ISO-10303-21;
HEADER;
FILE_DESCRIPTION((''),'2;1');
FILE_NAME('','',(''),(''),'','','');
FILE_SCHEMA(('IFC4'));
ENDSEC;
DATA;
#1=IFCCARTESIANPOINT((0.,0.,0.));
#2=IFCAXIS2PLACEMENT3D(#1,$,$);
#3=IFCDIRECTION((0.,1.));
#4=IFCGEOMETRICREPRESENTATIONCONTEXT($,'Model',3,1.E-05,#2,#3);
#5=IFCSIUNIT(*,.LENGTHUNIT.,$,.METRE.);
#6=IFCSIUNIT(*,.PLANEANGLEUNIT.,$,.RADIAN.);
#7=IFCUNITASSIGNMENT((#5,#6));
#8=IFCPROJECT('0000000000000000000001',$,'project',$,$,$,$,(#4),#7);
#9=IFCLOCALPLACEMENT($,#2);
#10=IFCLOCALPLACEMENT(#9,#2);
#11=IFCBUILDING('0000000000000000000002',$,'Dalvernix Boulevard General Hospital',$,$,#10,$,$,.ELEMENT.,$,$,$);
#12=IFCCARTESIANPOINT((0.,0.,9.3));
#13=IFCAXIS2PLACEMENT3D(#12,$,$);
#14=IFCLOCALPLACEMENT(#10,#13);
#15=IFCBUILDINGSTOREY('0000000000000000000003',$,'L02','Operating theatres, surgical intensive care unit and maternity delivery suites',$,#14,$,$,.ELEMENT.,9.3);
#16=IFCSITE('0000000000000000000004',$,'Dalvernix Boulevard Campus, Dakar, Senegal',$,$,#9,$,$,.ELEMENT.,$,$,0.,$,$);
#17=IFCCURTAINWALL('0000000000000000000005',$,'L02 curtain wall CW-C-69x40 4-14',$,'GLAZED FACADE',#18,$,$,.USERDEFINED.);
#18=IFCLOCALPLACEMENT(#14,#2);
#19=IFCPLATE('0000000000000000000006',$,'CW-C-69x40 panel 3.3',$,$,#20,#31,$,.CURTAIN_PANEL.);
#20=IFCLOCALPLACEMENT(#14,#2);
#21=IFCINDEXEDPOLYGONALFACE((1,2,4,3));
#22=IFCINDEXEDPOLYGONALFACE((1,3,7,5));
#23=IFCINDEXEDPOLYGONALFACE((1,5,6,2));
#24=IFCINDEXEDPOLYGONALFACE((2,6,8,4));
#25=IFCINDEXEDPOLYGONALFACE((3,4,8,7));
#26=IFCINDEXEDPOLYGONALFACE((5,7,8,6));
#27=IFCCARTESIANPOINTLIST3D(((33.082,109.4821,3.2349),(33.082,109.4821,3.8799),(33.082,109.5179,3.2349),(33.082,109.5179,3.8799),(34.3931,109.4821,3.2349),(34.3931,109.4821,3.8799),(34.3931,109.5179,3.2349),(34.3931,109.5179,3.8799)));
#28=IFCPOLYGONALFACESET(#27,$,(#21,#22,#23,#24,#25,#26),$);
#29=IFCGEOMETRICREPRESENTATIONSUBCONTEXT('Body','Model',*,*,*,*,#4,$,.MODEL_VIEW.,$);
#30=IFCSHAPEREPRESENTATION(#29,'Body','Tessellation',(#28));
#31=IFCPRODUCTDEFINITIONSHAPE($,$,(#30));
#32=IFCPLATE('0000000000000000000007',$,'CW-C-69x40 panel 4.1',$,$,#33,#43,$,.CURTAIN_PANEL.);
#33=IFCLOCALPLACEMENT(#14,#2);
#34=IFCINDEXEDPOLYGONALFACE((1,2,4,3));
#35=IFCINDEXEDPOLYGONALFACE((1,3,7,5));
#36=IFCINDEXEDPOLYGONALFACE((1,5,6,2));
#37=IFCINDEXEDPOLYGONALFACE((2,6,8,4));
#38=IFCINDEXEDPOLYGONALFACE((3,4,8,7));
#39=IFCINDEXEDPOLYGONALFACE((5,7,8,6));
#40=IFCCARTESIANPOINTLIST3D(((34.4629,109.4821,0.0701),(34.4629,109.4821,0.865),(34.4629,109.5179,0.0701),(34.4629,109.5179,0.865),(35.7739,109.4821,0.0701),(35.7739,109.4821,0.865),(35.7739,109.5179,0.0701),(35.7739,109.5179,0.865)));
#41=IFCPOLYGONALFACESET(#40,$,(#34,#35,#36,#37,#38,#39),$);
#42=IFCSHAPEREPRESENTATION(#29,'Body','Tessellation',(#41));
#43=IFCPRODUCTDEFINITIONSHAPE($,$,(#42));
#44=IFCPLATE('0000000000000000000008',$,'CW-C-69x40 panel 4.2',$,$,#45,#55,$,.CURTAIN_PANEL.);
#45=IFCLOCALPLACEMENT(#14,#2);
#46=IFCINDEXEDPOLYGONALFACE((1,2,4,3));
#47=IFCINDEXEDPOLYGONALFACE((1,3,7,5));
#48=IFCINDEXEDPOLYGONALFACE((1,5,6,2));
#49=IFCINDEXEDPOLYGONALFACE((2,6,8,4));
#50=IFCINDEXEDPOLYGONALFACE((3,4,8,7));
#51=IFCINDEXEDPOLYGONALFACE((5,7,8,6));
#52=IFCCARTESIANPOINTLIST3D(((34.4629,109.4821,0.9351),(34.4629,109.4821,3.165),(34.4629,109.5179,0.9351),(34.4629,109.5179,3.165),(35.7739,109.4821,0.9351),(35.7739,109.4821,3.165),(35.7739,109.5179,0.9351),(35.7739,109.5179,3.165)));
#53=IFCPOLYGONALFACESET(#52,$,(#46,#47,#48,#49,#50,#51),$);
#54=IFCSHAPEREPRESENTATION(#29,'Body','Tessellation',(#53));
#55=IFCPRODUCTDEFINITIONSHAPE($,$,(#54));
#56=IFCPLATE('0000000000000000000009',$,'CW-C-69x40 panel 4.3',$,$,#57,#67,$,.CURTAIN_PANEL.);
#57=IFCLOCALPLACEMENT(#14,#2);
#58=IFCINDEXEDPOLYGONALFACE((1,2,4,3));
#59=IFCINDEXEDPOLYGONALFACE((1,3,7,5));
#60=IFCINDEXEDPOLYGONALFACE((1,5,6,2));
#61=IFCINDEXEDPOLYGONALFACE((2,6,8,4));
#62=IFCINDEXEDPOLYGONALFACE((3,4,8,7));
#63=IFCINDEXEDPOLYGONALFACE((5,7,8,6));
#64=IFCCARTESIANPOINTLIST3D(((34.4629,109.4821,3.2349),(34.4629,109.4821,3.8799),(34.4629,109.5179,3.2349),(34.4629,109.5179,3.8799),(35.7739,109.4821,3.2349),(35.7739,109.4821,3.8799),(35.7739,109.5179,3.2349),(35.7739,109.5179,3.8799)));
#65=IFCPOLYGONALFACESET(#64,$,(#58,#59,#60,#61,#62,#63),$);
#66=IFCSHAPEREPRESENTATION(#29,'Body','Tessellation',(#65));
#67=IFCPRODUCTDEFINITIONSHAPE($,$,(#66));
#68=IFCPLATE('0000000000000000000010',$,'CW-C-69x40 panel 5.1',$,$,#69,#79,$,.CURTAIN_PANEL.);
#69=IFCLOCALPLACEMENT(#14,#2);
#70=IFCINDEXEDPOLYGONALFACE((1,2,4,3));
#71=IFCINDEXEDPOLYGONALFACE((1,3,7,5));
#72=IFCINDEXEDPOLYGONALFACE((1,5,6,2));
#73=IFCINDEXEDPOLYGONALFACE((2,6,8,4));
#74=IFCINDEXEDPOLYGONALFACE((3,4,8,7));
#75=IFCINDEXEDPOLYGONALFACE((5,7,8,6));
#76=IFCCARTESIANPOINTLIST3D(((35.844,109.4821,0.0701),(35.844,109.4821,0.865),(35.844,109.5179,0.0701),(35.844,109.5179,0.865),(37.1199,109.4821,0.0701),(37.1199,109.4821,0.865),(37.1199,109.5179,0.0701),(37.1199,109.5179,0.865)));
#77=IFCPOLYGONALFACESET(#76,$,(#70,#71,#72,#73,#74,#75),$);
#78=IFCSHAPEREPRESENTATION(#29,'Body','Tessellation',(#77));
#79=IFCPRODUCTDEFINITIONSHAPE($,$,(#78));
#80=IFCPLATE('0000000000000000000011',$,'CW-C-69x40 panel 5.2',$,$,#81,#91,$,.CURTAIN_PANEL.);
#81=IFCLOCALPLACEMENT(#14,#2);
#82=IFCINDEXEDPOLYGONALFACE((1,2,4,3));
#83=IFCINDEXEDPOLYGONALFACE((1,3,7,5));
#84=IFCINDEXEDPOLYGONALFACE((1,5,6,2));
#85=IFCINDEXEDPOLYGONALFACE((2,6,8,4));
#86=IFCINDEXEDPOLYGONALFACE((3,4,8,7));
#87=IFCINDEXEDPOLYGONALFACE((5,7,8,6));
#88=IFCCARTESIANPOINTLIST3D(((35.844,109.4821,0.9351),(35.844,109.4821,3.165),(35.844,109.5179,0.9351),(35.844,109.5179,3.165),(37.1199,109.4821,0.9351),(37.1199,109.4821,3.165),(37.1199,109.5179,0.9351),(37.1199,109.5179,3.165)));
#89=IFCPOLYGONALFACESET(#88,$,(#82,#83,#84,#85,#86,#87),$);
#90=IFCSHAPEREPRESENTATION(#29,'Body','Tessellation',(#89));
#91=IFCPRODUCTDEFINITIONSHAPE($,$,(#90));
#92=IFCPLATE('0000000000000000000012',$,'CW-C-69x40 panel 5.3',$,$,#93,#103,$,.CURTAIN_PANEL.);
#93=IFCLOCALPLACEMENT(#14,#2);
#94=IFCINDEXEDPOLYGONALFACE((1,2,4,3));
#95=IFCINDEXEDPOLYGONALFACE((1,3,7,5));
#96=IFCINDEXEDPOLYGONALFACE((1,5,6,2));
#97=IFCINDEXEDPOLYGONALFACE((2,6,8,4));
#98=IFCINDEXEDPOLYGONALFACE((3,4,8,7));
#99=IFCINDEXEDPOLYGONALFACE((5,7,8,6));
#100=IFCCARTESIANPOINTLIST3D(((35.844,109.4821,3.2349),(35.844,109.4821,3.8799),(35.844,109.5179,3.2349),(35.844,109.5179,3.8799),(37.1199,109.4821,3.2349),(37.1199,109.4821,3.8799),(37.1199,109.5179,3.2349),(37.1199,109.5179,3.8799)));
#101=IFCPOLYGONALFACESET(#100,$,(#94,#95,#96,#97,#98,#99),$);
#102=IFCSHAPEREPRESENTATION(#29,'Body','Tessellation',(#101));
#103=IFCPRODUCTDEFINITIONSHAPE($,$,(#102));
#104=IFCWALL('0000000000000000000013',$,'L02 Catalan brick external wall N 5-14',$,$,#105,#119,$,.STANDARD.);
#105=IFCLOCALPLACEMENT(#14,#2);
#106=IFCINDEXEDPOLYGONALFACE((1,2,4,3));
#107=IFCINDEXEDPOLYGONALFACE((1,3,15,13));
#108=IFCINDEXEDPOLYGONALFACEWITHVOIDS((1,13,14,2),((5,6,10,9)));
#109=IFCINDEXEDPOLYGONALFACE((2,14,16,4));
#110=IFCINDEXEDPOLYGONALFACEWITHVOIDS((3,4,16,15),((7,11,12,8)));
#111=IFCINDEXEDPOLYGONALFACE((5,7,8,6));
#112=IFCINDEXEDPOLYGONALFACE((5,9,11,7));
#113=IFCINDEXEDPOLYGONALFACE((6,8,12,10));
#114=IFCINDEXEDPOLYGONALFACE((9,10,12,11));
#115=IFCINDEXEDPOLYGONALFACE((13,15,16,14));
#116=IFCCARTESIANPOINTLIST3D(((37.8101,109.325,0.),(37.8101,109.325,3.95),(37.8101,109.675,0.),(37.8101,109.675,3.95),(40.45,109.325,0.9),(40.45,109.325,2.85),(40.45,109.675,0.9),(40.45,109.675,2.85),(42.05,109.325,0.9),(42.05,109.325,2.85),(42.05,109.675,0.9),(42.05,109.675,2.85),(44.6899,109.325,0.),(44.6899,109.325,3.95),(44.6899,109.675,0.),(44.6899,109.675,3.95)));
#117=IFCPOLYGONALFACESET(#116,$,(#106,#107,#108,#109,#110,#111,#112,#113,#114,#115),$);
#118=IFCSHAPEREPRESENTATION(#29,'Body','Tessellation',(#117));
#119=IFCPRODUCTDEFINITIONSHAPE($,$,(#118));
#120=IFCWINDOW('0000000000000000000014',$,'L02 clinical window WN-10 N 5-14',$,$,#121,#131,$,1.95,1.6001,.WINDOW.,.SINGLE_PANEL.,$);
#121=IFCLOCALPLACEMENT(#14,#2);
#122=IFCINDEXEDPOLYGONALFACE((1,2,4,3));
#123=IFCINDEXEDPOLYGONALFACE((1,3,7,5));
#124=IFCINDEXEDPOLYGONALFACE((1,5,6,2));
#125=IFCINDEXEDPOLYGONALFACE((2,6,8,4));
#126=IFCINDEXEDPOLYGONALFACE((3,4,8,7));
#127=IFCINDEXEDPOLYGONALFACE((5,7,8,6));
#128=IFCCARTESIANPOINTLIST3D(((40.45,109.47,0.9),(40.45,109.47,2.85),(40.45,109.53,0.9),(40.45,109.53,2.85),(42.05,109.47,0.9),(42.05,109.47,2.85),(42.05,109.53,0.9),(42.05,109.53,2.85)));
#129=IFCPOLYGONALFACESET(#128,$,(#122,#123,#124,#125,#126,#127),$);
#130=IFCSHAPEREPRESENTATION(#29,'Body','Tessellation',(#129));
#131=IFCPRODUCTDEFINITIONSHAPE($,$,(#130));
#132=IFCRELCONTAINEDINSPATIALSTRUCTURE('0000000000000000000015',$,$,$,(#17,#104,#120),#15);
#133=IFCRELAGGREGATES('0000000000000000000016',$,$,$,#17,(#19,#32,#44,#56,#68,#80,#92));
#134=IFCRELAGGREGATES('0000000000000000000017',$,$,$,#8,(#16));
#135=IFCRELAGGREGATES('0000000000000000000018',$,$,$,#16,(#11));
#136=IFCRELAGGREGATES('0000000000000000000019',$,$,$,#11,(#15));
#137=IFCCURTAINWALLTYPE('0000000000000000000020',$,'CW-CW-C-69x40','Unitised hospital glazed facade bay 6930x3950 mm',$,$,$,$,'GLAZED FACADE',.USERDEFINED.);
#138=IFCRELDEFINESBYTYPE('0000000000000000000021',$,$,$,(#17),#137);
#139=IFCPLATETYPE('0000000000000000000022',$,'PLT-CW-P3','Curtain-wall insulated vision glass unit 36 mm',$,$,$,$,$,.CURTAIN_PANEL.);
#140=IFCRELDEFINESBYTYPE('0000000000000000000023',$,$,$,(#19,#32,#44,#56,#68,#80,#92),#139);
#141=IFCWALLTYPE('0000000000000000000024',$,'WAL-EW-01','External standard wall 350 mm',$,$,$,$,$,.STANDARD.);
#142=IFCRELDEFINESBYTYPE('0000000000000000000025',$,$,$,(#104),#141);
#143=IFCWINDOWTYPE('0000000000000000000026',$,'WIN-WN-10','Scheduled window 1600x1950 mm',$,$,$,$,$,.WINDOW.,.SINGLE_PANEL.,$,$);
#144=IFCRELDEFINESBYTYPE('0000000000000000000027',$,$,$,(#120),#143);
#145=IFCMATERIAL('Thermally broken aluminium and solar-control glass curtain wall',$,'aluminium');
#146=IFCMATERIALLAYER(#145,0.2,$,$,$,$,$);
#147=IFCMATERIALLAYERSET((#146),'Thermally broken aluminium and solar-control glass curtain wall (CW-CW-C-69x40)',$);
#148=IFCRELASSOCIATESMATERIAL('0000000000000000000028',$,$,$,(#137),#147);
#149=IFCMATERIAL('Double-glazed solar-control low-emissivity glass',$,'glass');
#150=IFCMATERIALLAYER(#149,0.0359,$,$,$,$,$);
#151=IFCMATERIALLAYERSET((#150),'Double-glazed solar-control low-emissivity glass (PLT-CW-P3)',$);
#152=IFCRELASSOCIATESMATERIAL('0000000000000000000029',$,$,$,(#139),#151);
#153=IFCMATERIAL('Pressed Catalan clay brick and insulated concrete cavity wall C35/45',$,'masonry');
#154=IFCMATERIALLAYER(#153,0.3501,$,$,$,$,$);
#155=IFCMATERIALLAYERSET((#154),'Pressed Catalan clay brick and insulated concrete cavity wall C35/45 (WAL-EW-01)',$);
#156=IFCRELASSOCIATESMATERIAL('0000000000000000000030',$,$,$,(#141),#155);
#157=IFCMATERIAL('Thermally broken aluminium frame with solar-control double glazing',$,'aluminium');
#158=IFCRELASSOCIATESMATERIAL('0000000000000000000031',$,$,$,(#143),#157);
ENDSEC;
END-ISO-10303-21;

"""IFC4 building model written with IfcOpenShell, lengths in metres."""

from ifc_helpers import new_model, si_unit, direction, frame, frame_2d, origin, origin_2d, place, context, subcontext, project, spatial, rectangle, extrude, material, layer, layer_set, type_object, element, fill, aggregate, save


model = new_model("IFC4")

# Units and contexts
model_context = context("Model", 3, precision=1e-05, world=origin(), true_north=direction((0.0, 1.0)))
body_context = subcontext(model_context, "Body", "Model", "MODEL_VIEW")
ifc_project = project(units=[si_unit("LENGTHUNIT", "METRE"), si_unit("PLANEANGLEUNIT", "RADIAN")], contexts=[model_context])

# Site, building, storey
site_placement = place(None, origin())
site = spatial("IfcSite", under=ifc_project, at=site_placement, Name="Dalvernix Boulevard Campus, Dakar, Senegal", CompositionType="ELEMENT", RefElevation=0.0)
building_placement = place(site_placement, origin())
building = spatial("IfcBuilding", under=site, at=building_placement, Name="Dalvernix Boulevard General Hospital", CompositionType="ELEMENT")
storey_placement = place(building_placement, frame((0.0, 0.0, 9.3)))
storey = spatial("IfcBuildingStorey", under=building, at=storey_placement, Name="L02", Description="Operating theatres, surgical intensive care unit and maternity delivery suites", CompositionType="ELEMENT", Elevation=9.3)

# Curtain wall, plates
ifc_material_1 = material(Name="Thermally broken aluminium and solar-control glass curtain wall", Category="aluminium")
ifc_layer_1 = layer(ifc_material_1, 0.2)
ifc_layer_set_1 = layer_set([ifc_layer_1], Name="Thermally broken aluminium and solar-control glass curtain wall (CW-CW-C-69x40)")
curtain_wall_type = type_object("IfcCurtainWallType", Name="CW-CW-C-69x40", Description="Unitised hospital glazed facade bay 6930x3950 mm", ElementType="GLAZED FACADE", PredefinedType="USERDEFINED", material=ifc_layer_set_1)
curtain_wall_placement = place(storey_placement, origin())
curtain_wall = element("IfcCurtainWall", 1, at=curtain_wall_placement, inside=storey, type_object=curtain_wall_type, Name="L02 curtain wall CW-C-69x40 4-14", ObjectType="GLAZED FACADE", PredefinedType="USERDEFINED")
ifc_material_2 = material(Name="Double-glazed solar-control low-emissivity glass", Category="glass")
ifc_layer_2 = layer(ifc_material_2, 0.0359)
ifc_layer_set_2 = layer_set([ifc_layer_2], Name="Double-glazed solar-control low-emissivity glass (PLT-CW-P3)")
plate_type = type_object("IfcPlateType", Name="PLT-CW-P3", Description="Curtain-wall insulated vision glass unit 36 mm", PredefinedType="CURTAIN_PANEL", material=ifc_layer_set_2)
plate_1_placement = place(storey_placement, frame((33.7375, 109.5, 3.2349), z_axis=(0.0, 0.0, 1.0), x_axis=(1.0, 0.0, 0.0)))
plate_1 = element("IfcPlate", 2, at=plate_1_placement, type_object=plate_type, Name="CW-C-69x40 panel 3.3", PredefinedType="CURTAIN_PANEL", context=body_context, shape_type="SweptSolid", body=[
    extrude(rectangle(XDim=1.311, YDim=0.0359, at=origin_2d()), origin(), (0.0, 0.0, 1.0), 0.645),
])
plate_2_placement = place(storey_placement, frame((35.1184, 109.5, 0.0701), z_axis=(0.0, 0.0, 1.0), x_axis=(1.0, 0.0, 0.0)))
plate_2 = element("IfcPlate", 3, at=plate_2_placement, type_object=plate_type, Name="CW-C-69x40 panel 4.1", PredefinedType="CURTAIN_PANEL", context=body_context, shape_type="SweptSolid", body=[
    extrude(rectangle(XDim=1.311, YDim=0.0359, at=origin_2d()), origin(), (0.0, 0.0, 1.0), 0.7949),
])
plate_3_placement = place(storey_placement, frame((35.1184, 109.5, 0.9351), z_axis=(0.0, 0.0, 1.0), x_axis=(1.0, 0.0, 0.0)))
plate_3 = element("IfcPlate", 4, at=plate_3_placement, type_object=plate_type, Name="CW-C-69x40 panel 4.2", PredefinedType="CURTAIN_PANEL", context=body_context, shape_type="SweptSolid", body=[
    extrude(rectangle(XDim=1.311, YDim=0.0359, at=origin_2d()), origin(), (0.0, 0.0, 1.0), 2.23),
])
plate_4_placement = place(storey_placement, frame((35.1184, 109.5, 3.2349), z_axis=(0.0, 0.0, 1.0), x_axis=(1.0, 0.0, 0.0)))
plate_4 = element("IfcPlate", 5, at=plate_4_placement, type_object=plate_type, Name="CW-C-69x40 panel 4.3", PredefinedType="CURTAIN_PANEL", context=body_context, shape_type="SweptSolid", body=[
    extrude(rectangle(XDim=1.311, YDim=0.0359, at=origin_2d()), origin(), (0.0, 0.0, 1.0), 0.645),
])
plate_5_placement = place(storey_placement, frame((36.4819, 109.5, 0.0701), z_axis=(0.0, 0.0, 1.0), x_axis=(1.0, 0.0, 0.0)))
plate_5 = element("IfcPlate", 6, at=plate_5_placement, type_object=plate_type, Name="CW-C-69x40 panel 5.1", PredefinedType="CURTAIN_PANEL", context=body_context, shape_type="SweptSolid", body=[
    extrude(rectangle(XDim=1.2759, YDim=0.0359, at=origin_2d()), origin(), (0.0, 0.0, 1.0), 0.7949),
])
plate_6_placement = place(storey_placement, frame((36.4819, 109.5, 0.9351), z_axis=(0.0, 0.0, 1.0), x_axis=(1.0, 0.0, 0.0)))
plate_6 = element("IfcPlate", 7, at=plate_6_placement, type_object=plate_type, Name="CW-C-69x40 panel 5.2", PredefinedType="CURTAIN_PANEL", context=body_context, shape_type="SweptSolid", body=[
    extrude(rectangle(XDim=1.2759, YDim=0.0359, at=origin_2d()), origin(), (0.0, 0.0, 1.0), 2.23),
])
plate_7_placement = place(storey_placement, frame((36.4819, 109.5, 3.2349), z_axis=(0.0, 0.0, 1.0), x_axis=(1.0, 0.0, 0.0)))
plate_7 = element("IfcPlate", 8, at=plate_7_placement, type_object=plate_type, Name="CW-C-69x40 panel 5.3", PredefinedType="CURTAIN_PANEL", context=body_context, shape_type="SweptSolid", body=[
    extrude(rectangle(XDim=1.2759, YDim=0.0359, at=origin_2d()), origin(), (0.0, 0.0, 1.0), 0.645),
])
aggregate(curtain_wall, [plate_1, plate_2, plate_3, plate_4, plate_5, plate_6, plate_7])

# Wall, opening, window
ifc_material_3 = material(Name="Pressed Catalan clay brick and insulated concrete cavity wall C35/45", Category="masonry")
ifc_layer_3 = layer(ifc_material_3, 0.3501)
ifc_layer_set_3 = layer_set([ifc_layer_3], Name="Pressed Catalan clay brick and insulated concrete cavity wall C35/45 (WAL-EW-01)")
wall_type = type_object("IfcWallType", Name="WAL-EW-01", Description="External standard wall 350 mm", PredefinedType="STANDARD", material=ifc_layer_set_3)
wall_placement = place(storey_placement, frame((37.8101, 109.5, 0.0), z_axis=(0.0, 0.0, 1.0), x_axis=(1.0, 0.0, 0.0)))
wall = element("IfcWall", 9, at=wall_placement, inside=storey, type_object=wall_type, Name="L02 Catalan brick external wall N 5-14", PredefinedType="STANDARD", context=body_context, shape_type="SweptSolid", body=[
    extrude(rectangle(XDim=6.8799, YDim=0.3501, at=frame_2d((3.4399, 0.0))), origin(), (0.0, 0.0, 1.0), 3.95),
])
opening_placement = place(wall_placement, frame((2.6399, 0.0, 0.8999)))
opening = element("IfcOpeningElement", 10, at=opening_placement, cuts=wall, PredefinedType="OPENING", context=body_context, shape_type="SweptSolid", body=[
    extrude(rectangle(XDim=1.6001, YDim=1.95, at=frame_2d((0.8, 0.9751))), frame((0.0, 0.1851, 0.0), z_axis=(0.0, -1.0, 0.0), x_axis=(1.0, 0.0, 0.0)), (0.0, 0.0, 1.0), 0.3701),
])
ifc_material_4 = material(Name="Thermally broken aluminium frame with solar-control double glazing", Category="aluminium")
window_type = type_object("IfcWindowType", Name="WIN-WN-10", Description="Scheduled window 1600x1950 mm", PartitioningType="SINGLE_PANEL", PredefinedType="WINDOW", material=ifc_material_4)
window_placement = place(opening_placement, origin())
window = element("IfcWindow", 11, at=window_placement, inside=storey, type_object=window_type, Name="L02 clinical window WN-10 N 5-14", OverallHeight=1.95, OverallWidth=1.6001, PartitioningType="SINGLE_PANEL", PredefinedType="WINDOW", context=body_context, shape_type="SweptSolid", body=[
    extrude(rectangle(XDim=1.6001, YDim=1.95, at=frame_2d((0.8, 0.9751))), frame((0.0, 0.03, 0.0), z_axis=(0.0, -1.0, 0.0), x_axis=(1.0, 0.0, 0.0)), (0.0, 0.0, 1.0), 0.0601),
])
fill(opening, window)

save(model, "model.ifc")
